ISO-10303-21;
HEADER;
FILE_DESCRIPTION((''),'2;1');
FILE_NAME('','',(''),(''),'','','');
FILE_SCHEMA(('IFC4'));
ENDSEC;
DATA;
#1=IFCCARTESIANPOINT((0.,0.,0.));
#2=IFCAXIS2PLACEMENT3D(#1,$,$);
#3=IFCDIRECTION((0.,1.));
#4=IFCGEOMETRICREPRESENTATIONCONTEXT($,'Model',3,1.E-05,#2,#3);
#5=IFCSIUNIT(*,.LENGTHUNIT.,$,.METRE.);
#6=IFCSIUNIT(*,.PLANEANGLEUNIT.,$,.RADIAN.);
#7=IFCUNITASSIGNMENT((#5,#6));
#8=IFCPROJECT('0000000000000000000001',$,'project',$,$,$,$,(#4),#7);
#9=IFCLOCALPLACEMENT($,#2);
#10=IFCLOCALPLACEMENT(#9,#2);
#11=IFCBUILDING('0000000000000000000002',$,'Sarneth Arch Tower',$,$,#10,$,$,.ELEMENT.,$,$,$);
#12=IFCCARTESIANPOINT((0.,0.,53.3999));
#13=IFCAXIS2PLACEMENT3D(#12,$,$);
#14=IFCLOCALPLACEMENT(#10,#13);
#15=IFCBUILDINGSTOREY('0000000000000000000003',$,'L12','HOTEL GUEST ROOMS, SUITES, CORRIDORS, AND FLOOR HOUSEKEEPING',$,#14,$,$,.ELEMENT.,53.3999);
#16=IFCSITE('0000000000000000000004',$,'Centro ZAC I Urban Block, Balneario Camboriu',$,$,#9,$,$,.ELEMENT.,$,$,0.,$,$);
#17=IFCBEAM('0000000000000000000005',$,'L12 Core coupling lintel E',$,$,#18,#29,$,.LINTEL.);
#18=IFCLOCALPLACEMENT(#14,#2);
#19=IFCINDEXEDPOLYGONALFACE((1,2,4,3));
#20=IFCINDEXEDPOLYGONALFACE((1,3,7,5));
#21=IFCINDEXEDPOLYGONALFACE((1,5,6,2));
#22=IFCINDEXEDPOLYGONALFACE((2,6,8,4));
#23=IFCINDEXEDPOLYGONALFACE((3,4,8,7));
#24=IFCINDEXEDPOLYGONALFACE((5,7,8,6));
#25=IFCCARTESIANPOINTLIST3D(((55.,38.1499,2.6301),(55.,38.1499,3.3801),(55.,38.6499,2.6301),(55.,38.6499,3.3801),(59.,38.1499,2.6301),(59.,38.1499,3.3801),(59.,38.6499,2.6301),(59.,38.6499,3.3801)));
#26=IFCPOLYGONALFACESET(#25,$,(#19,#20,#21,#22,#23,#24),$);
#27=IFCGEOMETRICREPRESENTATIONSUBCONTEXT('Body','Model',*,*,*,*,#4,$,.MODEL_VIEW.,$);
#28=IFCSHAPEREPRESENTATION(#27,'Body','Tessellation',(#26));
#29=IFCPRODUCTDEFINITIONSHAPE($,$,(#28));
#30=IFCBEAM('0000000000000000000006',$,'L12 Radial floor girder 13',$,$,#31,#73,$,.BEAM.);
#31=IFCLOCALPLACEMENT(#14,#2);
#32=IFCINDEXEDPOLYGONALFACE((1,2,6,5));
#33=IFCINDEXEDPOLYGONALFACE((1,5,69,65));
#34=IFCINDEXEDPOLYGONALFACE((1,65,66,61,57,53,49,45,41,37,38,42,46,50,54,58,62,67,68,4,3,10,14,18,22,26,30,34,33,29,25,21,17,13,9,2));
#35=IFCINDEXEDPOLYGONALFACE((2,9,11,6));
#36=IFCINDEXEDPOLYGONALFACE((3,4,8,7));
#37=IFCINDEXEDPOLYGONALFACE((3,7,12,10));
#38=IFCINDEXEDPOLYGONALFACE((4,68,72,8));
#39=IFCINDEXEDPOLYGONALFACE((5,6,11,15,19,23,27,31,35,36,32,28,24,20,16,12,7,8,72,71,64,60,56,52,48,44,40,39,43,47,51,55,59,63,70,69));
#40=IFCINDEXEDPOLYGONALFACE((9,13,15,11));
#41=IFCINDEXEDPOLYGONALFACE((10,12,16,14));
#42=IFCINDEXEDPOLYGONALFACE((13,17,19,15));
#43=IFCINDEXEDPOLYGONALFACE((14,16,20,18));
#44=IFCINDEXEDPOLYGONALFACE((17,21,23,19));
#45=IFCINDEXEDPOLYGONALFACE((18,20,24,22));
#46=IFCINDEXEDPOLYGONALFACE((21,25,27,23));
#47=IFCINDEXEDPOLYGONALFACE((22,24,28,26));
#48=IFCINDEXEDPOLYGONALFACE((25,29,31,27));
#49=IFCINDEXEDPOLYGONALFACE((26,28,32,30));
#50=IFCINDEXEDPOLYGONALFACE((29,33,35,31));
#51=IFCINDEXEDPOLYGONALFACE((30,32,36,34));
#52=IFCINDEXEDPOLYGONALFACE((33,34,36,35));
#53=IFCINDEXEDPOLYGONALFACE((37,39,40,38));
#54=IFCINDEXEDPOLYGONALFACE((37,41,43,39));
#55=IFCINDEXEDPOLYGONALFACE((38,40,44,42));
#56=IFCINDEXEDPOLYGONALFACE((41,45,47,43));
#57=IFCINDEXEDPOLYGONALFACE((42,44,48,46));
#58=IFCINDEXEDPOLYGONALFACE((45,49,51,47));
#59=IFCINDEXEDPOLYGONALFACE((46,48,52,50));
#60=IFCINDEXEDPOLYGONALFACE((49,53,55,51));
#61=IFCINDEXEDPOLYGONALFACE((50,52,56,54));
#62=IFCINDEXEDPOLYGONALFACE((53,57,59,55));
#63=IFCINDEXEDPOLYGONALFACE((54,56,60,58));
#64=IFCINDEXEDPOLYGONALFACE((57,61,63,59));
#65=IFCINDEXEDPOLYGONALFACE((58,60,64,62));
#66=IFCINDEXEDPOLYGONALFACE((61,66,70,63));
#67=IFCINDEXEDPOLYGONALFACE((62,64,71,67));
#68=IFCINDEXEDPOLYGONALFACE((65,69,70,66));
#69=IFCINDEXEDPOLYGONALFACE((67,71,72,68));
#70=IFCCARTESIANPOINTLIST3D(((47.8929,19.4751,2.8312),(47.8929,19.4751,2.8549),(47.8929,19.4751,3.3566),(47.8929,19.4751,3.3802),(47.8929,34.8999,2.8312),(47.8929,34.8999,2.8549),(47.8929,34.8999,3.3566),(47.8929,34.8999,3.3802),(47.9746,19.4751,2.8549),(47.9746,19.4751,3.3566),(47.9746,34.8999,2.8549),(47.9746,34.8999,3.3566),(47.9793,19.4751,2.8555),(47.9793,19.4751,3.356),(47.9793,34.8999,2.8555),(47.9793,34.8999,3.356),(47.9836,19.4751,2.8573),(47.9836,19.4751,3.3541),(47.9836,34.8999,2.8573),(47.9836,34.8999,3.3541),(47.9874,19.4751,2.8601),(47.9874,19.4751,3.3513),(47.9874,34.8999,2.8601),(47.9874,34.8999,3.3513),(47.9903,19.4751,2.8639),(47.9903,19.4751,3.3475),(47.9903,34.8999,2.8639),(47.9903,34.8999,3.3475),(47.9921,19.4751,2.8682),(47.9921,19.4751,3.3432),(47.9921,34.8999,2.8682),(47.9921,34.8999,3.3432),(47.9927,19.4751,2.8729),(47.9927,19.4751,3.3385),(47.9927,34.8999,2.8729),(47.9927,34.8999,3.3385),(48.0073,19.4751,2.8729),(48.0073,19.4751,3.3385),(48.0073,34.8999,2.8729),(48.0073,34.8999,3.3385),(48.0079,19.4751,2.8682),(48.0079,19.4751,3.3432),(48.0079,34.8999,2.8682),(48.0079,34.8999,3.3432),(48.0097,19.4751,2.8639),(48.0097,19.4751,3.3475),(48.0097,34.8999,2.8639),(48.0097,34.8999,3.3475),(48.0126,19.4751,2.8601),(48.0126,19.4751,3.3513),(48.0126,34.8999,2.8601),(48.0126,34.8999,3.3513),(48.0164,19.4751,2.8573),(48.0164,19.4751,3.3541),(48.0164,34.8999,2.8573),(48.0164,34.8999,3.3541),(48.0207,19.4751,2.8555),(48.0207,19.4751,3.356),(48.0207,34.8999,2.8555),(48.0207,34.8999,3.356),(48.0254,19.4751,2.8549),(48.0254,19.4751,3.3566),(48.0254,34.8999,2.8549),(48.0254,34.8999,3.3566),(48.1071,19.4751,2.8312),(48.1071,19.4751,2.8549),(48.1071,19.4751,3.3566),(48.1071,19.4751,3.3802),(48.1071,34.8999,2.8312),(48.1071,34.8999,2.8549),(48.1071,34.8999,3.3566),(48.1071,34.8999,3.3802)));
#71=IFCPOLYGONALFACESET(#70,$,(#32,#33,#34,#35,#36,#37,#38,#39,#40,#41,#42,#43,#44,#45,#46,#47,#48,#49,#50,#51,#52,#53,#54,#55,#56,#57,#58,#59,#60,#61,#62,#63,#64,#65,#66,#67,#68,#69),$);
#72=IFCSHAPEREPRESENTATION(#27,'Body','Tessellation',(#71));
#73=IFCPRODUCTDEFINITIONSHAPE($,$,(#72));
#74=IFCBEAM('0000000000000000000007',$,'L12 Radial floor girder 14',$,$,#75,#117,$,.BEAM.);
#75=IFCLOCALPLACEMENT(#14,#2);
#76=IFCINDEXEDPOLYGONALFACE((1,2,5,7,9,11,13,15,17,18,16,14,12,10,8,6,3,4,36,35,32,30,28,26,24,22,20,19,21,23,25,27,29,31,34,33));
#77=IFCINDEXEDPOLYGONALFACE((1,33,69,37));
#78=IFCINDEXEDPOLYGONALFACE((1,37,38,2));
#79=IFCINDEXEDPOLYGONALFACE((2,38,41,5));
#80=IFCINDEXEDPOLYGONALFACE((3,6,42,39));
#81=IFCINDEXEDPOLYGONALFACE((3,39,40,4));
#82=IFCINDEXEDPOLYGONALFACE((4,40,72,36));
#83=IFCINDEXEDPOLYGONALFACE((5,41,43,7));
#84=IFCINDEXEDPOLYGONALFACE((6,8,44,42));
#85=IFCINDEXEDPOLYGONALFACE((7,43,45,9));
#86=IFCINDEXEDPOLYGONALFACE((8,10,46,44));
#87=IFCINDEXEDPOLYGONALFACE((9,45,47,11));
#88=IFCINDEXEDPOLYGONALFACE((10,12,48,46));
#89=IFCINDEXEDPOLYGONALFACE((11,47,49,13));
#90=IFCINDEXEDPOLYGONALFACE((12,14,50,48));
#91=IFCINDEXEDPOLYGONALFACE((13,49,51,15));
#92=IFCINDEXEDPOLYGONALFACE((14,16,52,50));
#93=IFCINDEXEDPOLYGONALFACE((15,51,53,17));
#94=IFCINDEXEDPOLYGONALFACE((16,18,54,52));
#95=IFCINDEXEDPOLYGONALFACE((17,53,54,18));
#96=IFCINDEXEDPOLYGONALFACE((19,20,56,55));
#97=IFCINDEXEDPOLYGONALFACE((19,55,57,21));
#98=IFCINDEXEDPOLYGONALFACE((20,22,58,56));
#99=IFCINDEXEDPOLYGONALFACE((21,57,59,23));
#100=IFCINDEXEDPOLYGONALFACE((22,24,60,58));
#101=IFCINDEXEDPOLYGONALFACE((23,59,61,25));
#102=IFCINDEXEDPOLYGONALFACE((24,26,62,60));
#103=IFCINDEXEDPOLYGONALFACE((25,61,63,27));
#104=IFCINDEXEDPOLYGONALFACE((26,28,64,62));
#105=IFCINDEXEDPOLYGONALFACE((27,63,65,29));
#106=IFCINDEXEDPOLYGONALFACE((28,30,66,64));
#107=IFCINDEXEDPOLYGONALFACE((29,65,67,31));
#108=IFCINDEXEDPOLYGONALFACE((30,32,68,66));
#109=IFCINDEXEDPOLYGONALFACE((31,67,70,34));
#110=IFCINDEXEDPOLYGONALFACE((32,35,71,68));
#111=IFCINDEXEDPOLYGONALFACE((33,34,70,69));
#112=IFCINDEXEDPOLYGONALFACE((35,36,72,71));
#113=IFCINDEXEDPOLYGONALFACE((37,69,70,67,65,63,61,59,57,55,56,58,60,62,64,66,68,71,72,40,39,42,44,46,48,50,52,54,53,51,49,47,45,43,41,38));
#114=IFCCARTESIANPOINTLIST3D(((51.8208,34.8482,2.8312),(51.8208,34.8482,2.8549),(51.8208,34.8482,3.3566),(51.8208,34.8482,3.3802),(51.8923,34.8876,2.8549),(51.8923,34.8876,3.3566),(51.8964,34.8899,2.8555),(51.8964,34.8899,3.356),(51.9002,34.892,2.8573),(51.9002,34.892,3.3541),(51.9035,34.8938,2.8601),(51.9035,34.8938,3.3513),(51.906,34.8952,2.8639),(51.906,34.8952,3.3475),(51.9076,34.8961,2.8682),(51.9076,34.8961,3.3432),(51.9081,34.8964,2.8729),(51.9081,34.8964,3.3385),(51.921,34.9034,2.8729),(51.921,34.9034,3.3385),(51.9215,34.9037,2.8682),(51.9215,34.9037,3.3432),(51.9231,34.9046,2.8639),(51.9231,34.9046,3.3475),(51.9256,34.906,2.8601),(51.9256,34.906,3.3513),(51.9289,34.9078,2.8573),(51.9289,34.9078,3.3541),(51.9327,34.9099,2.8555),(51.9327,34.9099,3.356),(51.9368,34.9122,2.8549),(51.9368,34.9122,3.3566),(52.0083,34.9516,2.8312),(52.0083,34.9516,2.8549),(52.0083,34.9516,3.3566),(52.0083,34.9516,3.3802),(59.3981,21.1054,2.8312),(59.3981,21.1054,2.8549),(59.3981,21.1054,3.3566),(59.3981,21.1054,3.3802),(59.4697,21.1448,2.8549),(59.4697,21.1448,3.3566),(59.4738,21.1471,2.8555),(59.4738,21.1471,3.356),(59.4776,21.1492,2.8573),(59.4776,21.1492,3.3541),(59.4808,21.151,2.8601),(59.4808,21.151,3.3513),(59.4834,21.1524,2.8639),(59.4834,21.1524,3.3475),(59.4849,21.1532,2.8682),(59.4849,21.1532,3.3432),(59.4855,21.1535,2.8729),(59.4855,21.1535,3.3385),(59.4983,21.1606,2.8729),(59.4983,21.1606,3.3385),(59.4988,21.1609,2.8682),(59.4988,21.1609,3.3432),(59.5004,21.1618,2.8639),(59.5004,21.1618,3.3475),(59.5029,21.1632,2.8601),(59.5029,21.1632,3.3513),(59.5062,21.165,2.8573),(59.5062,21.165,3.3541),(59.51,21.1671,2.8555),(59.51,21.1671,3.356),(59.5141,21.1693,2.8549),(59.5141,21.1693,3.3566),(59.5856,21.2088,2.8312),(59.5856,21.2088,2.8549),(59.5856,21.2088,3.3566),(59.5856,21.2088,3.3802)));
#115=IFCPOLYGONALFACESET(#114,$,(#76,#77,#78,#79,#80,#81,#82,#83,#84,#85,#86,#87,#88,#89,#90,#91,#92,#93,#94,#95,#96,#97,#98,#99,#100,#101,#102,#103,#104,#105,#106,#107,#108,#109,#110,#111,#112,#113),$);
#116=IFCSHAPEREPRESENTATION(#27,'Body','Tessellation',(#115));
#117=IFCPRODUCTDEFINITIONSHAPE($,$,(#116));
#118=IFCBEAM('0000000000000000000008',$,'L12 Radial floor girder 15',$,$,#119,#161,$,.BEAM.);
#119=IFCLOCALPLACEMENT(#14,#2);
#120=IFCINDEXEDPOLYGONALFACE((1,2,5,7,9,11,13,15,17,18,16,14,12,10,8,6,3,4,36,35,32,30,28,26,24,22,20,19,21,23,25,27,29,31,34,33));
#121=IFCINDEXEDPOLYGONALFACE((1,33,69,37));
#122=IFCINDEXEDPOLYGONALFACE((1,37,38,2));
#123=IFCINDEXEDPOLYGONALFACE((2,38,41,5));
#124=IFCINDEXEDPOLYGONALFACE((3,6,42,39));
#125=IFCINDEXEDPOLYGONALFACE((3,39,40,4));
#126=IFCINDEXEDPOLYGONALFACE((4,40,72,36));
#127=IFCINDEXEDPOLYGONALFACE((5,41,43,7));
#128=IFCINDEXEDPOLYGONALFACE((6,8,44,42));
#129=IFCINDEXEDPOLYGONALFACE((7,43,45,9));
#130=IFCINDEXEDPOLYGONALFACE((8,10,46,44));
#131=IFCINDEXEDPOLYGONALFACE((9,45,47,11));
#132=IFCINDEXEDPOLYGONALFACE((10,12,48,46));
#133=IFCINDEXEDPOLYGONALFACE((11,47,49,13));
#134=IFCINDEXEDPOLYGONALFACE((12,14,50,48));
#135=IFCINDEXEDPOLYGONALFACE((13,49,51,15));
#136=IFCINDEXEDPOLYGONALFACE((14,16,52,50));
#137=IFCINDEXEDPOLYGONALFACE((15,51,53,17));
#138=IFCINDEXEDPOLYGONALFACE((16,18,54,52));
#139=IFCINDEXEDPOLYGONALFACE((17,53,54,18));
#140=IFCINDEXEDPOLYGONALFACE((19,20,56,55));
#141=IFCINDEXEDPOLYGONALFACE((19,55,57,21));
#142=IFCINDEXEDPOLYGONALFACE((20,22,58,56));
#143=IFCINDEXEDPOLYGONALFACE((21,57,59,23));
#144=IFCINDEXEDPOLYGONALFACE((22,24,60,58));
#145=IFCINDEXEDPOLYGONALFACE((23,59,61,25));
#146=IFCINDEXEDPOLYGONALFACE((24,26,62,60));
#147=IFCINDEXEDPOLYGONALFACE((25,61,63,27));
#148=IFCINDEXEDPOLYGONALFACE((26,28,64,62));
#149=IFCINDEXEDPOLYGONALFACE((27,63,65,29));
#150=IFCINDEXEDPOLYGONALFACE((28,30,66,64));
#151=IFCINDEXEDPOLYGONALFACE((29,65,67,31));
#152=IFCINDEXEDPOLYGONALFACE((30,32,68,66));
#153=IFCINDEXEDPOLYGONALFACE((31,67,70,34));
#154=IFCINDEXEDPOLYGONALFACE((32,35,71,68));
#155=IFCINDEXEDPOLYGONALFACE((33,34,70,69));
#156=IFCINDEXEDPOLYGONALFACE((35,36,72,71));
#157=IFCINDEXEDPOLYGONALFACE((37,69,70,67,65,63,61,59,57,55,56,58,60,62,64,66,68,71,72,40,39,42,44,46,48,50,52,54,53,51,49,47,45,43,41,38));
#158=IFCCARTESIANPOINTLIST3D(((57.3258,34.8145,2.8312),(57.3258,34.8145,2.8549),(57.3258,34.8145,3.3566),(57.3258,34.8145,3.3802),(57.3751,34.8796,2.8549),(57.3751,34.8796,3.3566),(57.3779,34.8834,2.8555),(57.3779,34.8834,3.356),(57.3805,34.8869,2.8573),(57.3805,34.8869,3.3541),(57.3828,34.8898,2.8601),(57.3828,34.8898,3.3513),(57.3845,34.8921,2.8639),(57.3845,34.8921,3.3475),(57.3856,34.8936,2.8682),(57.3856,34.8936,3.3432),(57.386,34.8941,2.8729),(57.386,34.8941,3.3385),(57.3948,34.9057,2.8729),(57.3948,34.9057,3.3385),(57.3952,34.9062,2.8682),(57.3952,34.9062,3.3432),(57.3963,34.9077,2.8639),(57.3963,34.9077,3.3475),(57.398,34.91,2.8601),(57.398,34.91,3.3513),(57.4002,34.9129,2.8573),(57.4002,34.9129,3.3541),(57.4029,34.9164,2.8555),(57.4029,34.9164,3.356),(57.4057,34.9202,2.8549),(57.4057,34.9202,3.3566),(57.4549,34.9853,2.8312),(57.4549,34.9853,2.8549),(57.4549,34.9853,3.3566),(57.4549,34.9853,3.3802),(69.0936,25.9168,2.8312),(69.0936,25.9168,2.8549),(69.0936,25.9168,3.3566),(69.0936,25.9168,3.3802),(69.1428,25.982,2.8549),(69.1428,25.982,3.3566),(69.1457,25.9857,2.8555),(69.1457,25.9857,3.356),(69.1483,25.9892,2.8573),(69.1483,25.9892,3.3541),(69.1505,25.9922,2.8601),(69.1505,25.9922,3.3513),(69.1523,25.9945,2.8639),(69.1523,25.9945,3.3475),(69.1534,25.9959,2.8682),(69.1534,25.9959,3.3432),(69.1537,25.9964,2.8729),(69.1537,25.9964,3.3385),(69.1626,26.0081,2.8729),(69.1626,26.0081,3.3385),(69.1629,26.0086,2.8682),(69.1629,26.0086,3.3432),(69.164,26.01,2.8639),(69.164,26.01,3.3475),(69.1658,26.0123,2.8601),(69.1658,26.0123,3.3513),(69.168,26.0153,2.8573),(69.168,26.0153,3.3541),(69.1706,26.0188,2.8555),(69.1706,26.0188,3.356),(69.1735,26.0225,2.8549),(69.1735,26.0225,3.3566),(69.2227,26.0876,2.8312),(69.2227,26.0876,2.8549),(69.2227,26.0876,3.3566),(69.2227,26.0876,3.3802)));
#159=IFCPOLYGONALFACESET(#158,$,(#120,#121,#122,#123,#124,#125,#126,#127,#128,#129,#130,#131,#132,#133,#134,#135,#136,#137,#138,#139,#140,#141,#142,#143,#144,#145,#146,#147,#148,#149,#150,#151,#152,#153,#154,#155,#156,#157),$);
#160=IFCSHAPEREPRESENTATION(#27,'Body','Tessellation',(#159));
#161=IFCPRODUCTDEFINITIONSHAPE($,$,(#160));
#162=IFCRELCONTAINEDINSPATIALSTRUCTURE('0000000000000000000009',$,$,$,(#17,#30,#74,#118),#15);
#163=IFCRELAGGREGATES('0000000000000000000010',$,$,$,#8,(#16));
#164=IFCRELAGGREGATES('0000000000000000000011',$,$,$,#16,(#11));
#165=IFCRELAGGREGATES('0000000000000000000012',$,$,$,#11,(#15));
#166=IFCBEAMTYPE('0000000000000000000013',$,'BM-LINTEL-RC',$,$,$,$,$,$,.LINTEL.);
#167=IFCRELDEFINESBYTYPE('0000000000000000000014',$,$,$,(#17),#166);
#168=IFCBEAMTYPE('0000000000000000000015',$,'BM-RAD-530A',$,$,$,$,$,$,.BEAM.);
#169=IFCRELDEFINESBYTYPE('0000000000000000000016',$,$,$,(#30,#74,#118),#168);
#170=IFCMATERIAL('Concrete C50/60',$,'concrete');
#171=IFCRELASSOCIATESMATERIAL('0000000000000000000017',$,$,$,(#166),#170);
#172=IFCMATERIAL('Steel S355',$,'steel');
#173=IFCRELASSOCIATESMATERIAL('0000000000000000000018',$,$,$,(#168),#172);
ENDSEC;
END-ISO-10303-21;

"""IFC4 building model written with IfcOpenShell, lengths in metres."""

from ifc_helpers import new_model, si_unit, direction, frame, origin, origin_2d, place, context, subcontext, project, spatial, rectangle, i_section, extrude, material, material_profile, profile_set, type_object, element, save


model = new_model("IFC4")

# Units and contexts
model_context = context("Model", 3, precision=1e-05, world=origin(), true_north=direction((0.0, 1.0)))
body_context = subcontext(model_context, "Body", "Model", "MODEL_VIEW")
ifc_project = project(units=[si_unit("LENGTHUNIT", "METRE"), si_unit("PLANEANGLEUNIT", "RADIAN")], contexts=[model_context])

# Site, building, storey
site_placement = place(None, origin())
site = spatial("IfcSite", under=ifc_project, at=site_placement, Name="Centro ZAC I Urban Block, Balneario Camboriu", CompositionType="ELEMENT", RefElevation=0.0)
building_placement = place(site_placement, origin())
building = spatial("IfcBuilding", under=site, at=building_placement, Name="Sarneth Arch Tower", CompositionType="ELEMENT")
storey_placement = place(building_placement, frame((0.0, 0.0, 53.3999)))
storey = spatial("IfcBuildingStorey", under=building, at=storey_placement, Name="L12", Description="HOTEL GUEST ROOMS, SUITES, CORRIDORS, AND FLOOR HOUSEKEEPING", CompositionType="ELEMENT", Elevation=53.3999)

# Beams
ifc_material_1 = material(Name="Concrete C50/60", Category="concrete")
ifc_material_profile_1 = material_profile(ifc_material_1, rectangle(XDim=0.5, YDim=0.75, at=origin_2d()), Name="RC-500x750")
ifc_profile_set_1 = profile_set([ifc_material_profile_1], Name="Concrete C50/60")
beam_type_1 = type_object("IfcBeamType", Name="BM-LINTEL-RC", PredefinedType="LINTEL", material=ifc_profile_set_1)
beam_1_placement = place(storey_placement, frame((55.0, 38.3999, 3.0051), z_axis=(1.0, 0.0, 0.0), x_axis=(0.0, 1.0, 0.0)))
element("IfcBeam", 1, at=beam_1_placement, inside=storey, type_object=beam_type_1, Name="L12 Core coupling lintel E", PredefinedType="LINTEL", context=body_context, shape_type="SweptSolid", body=[
    extrude(rectangle(XDim=0.5, YDim=0.75, at=origin_2d()), origin(), (0.0, 0.0, 1.0), 4.0),
])
ifc_material_2 = material(Name="Steel S355", Category="steel")
ifc_material_profile_2 = material_profile(ifc_material_2, i_section(OverallWidth=0.2141, OverallDepth=0.5491, WebThickness=0.0146, FlangeThickness=0.0237, FilletRadius=0.0181, at=origin_2d()), Name="W530x138")
ifc_profile_set_2 = profile_set([ifc_material_profile_2], Name="Steel S355")
beam_type_2 = type_object("IfcBeamType", Name="BM-RAD-530A", PredefinedType="BEAM", material=ifc_profile_set_2)
beam_2_placement = place(storey_placement, frame((48.0, 34.8999, 3.1057), z_axis=(0.0, -1.0, 0.0), x_axis=(1.0, 0.0, 0.0)))
element("IfcBeam", 2, at=beam_2_placement, inside=storey, type_object=beam_type_2, Name="L12 Radial floor girder 13", PredefinedType="BEAM", context=body_context, shape_type="SweptSolid", body=[
    extrude(i_section(OverallWidth=0.2141, OverallDepth=0.5491, WebThickness=0.0146, FlangeThickness=0.0237, FilletRadius=0.0181, at=origin_2d()), origin(), (0.0, 0.0, 1.0), 15.4248),
])
beam_3_placement = place(storey_placement, frame((51.9146, 34.8999, 3.1057), z_axis=(0.482838, -0.87571, 0.0), x_axis=(0.87571, 0.482838, 0.0)))
element("IfcBeam", 3, at=beam_3_placement, inside=storey, type_object=beam_type_2, Name="L12 Radial floor girder 14", PredefinedType="BEAM", context=body_context, shape_type="SweptSolid", body=[
    extrude(i_section(OverallWidth=0.2141, OverallDepth=0.5491, WebThickness=0.0146, FlangeThickness=0.0237, FilletRadius=0.0181, at=origin_2d()), origin(), (0.0, 0.0, 1.0), 15.6934),
])
beam_4_placement = place(storey_placement, frame((57.3904, 34.8999, 3.1057), z_axis=(0.797657, -0.603112, 0.0), x_axis=(0.603112, 0.797657, 0.0)))
element("IfcBeam", 4, at=beam_4_placement, inside=storey, type_object=beam_type_2, Name="L12 Radial floor girder 15", PredefinedType="BEAM", context=body_context, shape_type="SweptSolid", body=[
    extrude(i_section(OverallWidth=0.2141, OverallDepth=0.5491, WebThickness=0.0146, FlangeThickness=0.0237, FilletRadius=0.0181, at=origin_2d()), origin(), (0.0, 0.0, 1.0), 14.7529),
])

save(model, "model.ifc")
